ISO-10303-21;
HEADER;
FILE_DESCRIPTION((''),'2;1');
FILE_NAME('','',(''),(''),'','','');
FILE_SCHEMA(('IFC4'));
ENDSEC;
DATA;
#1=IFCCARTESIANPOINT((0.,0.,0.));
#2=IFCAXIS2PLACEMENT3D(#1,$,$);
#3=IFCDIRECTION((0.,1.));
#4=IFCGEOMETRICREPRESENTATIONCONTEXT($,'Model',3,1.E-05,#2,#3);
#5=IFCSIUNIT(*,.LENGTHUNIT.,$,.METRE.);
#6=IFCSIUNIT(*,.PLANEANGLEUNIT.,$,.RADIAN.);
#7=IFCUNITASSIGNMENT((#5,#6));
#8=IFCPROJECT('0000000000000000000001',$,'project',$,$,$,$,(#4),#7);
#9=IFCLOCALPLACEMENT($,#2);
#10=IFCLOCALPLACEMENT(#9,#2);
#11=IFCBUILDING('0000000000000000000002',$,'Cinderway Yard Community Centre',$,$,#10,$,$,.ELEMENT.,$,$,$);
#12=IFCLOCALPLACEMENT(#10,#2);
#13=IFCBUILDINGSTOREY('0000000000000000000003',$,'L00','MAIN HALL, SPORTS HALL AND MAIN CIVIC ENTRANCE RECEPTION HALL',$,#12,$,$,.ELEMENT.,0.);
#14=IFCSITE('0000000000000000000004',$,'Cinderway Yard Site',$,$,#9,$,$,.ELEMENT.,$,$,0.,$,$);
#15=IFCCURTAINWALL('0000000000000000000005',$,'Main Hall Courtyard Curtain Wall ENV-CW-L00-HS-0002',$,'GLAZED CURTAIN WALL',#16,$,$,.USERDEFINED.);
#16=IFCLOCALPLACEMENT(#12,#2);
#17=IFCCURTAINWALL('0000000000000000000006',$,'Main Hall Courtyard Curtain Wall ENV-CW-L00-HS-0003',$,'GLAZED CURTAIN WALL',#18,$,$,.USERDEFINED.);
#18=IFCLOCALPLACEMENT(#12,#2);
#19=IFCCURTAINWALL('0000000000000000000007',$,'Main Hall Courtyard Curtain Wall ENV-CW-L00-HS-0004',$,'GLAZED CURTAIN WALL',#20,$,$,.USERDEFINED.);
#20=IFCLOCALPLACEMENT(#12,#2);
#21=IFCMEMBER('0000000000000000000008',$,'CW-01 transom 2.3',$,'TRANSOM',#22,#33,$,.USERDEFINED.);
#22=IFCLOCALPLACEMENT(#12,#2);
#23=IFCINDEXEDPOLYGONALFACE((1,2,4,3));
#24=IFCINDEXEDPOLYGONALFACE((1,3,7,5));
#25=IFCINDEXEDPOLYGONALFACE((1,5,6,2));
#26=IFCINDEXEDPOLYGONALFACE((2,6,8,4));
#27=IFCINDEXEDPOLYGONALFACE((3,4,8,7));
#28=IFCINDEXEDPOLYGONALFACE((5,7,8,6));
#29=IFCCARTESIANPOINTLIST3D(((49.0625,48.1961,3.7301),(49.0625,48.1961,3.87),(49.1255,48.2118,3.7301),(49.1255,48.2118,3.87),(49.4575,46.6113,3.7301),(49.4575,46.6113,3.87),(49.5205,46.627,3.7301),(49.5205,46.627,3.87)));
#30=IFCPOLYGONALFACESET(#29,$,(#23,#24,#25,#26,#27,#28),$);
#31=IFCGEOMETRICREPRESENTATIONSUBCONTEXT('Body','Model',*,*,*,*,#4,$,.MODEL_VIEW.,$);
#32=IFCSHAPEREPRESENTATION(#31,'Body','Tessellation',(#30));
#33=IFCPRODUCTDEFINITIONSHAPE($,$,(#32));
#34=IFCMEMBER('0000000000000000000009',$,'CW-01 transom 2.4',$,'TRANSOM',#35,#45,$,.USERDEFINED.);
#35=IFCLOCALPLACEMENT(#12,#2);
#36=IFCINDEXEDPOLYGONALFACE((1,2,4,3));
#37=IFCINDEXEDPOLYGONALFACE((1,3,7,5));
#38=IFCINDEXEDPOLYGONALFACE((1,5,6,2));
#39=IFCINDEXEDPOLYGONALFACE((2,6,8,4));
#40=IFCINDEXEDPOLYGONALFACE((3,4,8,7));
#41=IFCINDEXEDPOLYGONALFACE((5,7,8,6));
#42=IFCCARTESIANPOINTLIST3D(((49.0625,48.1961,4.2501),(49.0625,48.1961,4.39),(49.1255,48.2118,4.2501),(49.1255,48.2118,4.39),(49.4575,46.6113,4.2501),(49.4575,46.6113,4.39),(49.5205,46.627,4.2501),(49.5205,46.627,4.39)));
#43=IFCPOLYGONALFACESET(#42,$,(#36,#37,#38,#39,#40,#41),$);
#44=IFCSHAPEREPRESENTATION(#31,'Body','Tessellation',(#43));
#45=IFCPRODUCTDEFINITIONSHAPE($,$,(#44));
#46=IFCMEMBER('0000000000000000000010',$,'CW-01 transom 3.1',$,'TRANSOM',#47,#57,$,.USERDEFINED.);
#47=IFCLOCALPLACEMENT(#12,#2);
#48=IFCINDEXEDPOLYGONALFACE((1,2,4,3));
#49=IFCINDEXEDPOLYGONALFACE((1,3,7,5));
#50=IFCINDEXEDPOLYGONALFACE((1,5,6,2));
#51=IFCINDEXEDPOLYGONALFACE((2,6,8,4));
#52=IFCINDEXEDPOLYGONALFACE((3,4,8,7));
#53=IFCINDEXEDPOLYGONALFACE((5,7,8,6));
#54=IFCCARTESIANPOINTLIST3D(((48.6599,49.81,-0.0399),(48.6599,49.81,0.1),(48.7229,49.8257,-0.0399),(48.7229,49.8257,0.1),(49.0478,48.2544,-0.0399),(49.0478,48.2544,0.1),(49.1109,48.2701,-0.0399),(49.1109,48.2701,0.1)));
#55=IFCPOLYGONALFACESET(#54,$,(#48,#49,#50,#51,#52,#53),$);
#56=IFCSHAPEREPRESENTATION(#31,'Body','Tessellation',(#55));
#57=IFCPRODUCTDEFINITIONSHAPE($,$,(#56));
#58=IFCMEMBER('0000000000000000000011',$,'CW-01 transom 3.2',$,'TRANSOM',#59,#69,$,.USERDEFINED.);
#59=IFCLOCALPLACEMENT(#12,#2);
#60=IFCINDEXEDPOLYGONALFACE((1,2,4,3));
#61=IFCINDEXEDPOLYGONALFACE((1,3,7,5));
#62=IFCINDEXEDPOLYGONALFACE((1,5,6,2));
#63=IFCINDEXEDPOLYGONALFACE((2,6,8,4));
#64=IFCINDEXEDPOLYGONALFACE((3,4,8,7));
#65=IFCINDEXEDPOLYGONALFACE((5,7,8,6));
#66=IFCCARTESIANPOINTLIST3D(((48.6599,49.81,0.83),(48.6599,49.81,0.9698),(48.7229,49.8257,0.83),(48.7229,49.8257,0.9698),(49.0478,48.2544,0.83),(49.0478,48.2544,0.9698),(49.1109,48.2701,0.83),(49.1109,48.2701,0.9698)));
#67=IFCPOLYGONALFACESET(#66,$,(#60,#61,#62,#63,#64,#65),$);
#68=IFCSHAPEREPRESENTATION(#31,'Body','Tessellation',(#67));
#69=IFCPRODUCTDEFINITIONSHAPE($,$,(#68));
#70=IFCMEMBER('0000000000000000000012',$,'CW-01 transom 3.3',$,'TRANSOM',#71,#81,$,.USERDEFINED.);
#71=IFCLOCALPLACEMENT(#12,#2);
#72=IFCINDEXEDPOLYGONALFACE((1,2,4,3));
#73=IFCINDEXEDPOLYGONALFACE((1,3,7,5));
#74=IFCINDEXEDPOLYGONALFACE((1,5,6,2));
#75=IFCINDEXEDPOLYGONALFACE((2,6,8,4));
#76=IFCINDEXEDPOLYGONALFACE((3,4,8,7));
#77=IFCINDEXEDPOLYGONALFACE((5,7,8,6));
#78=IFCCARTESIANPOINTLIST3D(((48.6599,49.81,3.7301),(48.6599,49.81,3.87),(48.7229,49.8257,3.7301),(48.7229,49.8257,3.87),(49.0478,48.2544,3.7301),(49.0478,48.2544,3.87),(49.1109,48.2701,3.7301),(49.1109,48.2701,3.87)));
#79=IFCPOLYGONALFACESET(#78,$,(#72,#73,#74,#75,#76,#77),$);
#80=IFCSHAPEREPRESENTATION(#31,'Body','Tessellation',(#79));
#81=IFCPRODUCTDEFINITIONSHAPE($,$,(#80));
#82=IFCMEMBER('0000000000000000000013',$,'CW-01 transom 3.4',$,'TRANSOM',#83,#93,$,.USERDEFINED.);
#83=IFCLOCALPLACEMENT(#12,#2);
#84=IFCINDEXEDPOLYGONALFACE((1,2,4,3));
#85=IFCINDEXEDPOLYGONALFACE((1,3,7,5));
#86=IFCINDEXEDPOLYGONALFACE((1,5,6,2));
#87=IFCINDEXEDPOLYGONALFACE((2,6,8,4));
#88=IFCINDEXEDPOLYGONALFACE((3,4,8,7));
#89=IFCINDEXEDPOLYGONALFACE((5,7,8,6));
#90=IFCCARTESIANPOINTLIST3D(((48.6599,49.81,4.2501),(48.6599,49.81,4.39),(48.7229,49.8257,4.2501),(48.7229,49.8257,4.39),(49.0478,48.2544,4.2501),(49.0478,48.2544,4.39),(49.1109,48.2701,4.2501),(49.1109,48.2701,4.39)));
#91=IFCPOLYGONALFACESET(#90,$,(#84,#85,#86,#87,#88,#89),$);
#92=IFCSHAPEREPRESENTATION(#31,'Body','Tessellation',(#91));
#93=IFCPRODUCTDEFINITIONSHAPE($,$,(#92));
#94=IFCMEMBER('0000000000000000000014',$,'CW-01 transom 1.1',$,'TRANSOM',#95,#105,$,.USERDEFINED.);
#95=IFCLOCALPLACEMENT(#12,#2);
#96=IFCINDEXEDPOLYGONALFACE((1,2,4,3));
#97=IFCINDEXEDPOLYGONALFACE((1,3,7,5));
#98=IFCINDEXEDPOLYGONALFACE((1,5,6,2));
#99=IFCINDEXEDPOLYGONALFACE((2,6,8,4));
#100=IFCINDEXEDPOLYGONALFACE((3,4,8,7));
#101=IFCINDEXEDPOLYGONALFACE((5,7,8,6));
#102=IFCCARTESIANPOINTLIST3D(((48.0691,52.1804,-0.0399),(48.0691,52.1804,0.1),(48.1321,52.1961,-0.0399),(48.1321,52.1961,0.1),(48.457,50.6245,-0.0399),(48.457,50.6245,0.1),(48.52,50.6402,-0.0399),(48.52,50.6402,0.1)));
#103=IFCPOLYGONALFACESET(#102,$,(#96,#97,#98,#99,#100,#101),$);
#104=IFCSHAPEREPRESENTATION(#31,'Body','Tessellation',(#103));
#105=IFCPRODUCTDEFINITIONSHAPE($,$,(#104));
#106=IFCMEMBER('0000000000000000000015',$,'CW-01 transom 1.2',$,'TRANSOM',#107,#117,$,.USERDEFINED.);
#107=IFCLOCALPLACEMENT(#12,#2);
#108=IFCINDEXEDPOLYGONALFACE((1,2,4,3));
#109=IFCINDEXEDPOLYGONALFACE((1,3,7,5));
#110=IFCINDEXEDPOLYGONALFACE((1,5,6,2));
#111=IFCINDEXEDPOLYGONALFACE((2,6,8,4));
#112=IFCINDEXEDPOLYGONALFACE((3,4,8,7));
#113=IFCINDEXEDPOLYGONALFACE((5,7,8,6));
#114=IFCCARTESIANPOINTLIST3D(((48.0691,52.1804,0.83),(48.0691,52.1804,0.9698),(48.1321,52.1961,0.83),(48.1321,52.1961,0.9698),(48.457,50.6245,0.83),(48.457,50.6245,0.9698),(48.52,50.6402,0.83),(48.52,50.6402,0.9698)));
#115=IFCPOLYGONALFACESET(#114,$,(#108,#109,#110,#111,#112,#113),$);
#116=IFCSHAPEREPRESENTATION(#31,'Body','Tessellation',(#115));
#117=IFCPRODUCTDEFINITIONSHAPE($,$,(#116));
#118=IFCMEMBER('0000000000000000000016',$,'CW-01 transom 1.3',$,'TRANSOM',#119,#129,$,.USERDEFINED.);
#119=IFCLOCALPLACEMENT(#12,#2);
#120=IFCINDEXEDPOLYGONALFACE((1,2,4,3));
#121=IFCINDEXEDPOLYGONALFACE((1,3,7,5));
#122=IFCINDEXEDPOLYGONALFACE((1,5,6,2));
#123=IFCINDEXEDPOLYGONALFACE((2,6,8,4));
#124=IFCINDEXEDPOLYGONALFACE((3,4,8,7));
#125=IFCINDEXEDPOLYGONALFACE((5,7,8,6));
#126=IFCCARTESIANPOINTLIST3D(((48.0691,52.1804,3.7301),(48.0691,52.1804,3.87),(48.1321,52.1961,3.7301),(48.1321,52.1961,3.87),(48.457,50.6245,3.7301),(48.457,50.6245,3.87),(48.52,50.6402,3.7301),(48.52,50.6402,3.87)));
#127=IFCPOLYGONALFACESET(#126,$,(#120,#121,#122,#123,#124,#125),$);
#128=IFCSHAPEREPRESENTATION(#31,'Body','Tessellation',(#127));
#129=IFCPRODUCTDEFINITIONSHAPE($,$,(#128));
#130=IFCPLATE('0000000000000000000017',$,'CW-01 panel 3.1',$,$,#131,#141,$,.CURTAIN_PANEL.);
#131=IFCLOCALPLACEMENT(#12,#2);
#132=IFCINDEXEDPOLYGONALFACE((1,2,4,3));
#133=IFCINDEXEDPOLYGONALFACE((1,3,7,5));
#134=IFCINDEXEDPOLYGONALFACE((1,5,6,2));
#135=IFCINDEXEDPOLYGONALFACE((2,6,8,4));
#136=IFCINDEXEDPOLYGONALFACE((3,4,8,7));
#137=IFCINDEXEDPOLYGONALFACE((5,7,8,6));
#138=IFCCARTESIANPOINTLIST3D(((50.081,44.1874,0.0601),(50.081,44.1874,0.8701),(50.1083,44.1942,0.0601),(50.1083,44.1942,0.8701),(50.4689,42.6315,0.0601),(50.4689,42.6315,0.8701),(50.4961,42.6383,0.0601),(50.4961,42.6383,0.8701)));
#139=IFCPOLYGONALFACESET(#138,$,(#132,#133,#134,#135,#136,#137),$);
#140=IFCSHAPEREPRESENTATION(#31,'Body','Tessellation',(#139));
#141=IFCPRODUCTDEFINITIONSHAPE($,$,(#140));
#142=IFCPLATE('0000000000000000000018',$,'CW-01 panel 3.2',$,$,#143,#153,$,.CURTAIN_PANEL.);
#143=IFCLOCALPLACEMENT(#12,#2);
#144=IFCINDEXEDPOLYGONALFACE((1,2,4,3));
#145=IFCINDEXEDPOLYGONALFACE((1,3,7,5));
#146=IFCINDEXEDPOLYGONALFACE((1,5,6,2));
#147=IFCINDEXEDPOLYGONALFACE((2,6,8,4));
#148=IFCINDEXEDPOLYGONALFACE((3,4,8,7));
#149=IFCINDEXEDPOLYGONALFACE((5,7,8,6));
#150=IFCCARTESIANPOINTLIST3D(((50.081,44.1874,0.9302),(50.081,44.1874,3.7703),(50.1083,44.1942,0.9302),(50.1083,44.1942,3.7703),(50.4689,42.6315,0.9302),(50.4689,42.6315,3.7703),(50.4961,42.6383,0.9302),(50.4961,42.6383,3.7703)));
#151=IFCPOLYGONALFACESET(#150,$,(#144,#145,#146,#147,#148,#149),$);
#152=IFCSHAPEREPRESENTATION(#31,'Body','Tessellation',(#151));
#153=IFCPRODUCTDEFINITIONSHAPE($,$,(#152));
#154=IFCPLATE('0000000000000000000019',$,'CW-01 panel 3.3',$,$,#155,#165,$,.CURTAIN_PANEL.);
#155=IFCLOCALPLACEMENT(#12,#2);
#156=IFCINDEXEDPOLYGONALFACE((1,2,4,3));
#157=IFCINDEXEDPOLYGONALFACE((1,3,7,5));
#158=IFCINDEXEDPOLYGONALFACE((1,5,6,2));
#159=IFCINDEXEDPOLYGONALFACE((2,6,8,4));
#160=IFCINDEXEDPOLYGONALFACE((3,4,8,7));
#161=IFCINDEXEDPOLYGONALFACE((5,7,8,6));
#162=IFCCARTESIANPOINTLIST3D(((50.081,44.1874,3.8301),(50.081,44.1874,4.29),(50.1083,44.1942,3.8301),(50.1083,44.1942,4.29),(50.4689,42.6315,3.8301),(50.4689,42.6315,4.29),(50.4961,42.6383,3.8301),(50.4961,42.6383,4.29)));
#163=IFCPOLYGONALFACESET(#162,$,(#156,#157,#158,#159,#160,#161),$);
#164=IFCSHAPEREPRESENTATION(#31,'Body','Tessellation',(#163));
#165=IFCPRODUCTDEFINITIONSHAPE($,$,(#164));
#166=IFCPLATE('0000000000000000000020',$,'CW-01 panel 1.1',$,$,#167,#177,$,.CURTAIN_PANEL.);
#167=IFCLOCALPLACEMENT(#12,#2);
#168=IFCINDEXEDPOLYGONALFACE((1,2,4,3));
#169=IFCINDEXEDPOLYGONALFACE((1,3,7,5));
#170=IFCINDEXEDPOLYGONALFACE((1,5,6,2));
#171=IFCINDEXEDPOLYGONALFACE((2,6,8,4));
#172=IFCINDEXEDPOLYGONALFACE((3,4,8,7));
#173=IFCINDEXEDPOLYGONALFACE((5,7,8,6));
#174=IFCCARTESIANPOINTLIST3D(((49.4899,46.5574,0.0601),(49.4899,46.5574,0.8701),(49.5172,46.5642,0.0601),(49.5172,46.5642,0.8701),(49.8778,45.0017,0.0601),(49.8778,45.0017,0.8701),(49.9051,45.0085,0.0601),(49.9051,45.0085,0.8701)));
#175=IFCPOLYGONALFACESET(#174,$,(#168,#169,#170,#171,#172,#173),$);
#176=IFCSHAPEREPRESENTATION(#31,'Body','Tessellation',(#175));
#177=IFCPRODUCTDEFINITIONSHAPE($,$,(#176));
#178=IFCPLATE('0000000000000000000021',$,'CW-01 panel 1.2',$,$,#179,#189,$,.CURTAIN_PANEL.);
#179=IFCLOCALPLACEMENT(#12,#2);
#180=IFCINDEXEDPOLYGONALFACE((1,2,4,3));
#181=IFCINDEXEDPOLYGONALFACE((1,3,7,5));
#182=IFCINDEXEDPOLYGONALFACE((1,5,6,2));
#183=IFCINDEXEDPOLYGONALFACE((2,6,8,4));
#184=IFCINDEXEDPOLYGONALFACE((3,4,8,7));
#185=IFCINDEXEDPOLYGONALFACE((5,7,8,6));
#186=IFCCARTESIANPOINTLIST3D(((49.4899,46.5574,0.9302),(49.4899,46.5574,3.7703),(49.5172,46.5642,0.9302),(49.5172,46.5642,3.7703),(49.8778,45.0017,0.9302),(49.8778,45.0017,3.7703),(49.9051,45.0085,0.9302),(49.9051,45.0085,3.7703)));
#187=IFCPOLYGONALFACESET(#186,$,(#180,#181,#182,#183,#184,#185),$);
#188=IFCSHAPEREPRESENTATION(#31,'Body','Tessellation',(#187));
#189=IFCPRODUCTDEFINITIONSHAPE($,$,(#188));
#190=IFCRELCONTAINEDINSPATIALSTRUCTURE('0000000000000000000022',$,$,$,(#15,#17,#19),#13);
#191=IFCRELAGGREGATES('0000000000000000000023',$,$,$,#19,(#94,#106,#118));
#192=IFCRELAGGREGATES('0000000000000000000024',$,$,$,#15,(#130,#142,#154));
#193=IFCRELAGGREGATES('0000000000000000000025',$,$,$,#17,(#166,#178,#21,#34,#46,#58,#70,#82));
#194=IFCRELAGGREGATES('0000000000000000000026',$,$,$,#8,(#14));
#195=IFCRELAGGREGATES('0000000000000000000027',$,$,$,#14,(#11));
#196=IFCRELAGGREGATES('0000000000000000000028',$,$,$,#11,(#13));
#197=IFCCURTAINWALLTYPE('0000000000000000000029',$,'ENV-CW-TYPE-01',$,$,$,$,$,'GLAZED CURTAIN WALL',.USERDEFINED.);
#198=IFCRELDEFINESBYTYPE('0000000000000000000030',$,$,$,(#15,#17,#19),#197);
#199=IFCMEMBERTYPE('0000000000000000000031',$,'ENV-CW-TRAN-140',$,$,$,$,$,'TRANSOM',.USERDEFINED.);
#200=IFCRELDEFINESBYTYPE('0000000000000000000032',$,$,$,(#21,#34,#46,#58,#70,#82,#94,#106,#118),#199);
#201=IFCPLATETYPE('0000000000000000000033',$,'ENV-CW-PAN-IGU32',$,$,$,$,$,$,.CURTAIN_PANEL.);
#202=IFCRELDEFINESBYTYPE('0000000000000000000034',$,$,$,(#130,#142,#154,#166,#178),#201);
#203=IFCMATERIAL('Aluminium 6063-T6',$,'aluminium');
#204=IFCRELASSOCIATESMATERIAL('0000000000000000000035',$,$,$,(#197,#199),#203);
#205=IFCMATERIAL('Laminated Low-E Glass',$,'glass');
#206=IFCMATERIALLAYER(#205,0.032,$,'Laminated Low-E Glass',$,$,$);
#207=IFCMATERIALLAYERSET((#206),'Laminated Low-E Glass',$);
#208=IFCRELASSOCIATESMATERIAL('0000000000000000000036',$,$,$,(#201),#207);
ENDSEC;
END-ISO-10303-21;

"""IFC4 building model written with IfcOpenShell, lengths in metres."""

from ifc_helpers import new_model, si_unit, direction, frame, origin, origin_2d, place, context, subcontext, project, spatial, rectangle, extrude, material, layer, layer_set, material_profile, profile_set, type_object, element, aggregate, save


model = new_model("IFC4")

# Units and contexts
model_context = context("Model", 3, precision=1e-05, world=origin(), true_north=direction((0.0, 1.0)))
body_context = subcontext(model_context, "Body", "Model", "MODEL_VIEW")
ifc_project = project(units=[si_unit("LENGTHUNIT", "METRE"), si_unit("PLANEANGLEUNIT", "RADIAN")], contexts=[model_context])

# Site, building, storey
site_placement = place(None, origin())
site = spatial("IfcSite", under=ifc_project, at=site_placement, Name="Cinderway Yard Site", CompositionType="ELEMENT", RefElevation=0.0)
building_placement = place(site_placement, origin())
building = spatial("IfcBuilding", under=site, at=building_placement, Name="Cinderway Yard Community Centre", CompositionType="ELEMENT")
storey_placement = place(building_placement, origin())
storey = spatial("IfcBuildingStorey", under=building, at=storey_placement, Name="L00", Description="MAIN HALL, SPORTS HALL AND MAIN CIVIC ENTRANCE RECEPTION HALL", CompositionType="ELEMENT", Elevation=0.0)

# Curtain wall
ifc_material_1 = material(Name="Aluminium 6063-T6", Category="aluminium")
curtain_wall_type = type_object("IfcCurtainWallType", Name="ENV-CW-TYPE-01", ElementType="GLAZED CURTAIN WALL", PredefinedType="USERDEFINED", material=ifc_material_1)
curtain_wall_1_placement = place(storey_placement, origin())
curtain_wall_1 = element("IfcCurtainWall", 1, at=curtain_wall_1_placement, inside=storey, type_object=curtain_wall_type, Name="Main Hall Courtyard Curtain Wall ENV-CW-L00-HS-0002", ObjectType="GLAZED CURTAIN WALL", PredefinedType="USERDEFINED")

# Curtain wall
curtain_wall_2_placement = place(storey_placement, origin())
curtain_wall_2 = element("IfcCurtainWall", 2, at=curtain_wall_2_placement, inside=storey, type_object=curtain_wall_type, Name="Main Hall Courtyard Curtain Wall ENV-CW-L00-HS-0003", ObjectType="GLAZED CURTAIN WALL", PredefinedType="USERDEFINED")

# Curtain wall
curtain_wall_3_placement = place(storey_placement, origin())
curtain_wall_3 = element("IfcCurtainWall", 3, at=curtain_wall_3_placement, inside=storey, type_object=curtain_wall_type, Name="Main Hall Courtyard Curtain Wall ENV-CW-L00-HS-0004", ObjectType="GLAZED CURTAIN WALL", PredefinedType="USERDEFINED")

# Members
ifc_material_profile_1 = material_profile(ifc_material_1, rectangle(XDim=0.0649, YDim=0.1399, at=origin_2d()), Name="Aluminium 6063-T6")
ifc_profile_set_1 = profile_set([ifc_material_profile_1], Name="Aluminium 6063-T6")
member_type_1 = type_object("IfcMemberType", Name="ENV-CW-TRAN-140", ElementType="TRANSOM", PredefinedType="USERDEFINED", material=ifc_profile_set_1)
member_1_placement = place(storey_placement, frame((49.489, 46.6191, 3.8), z_axis=(-0.241867, 0.970309, 0.0), x_axis=(-0.970309, -0.241867, 0.0)))
member_1 = element("IfcMember", 4, at=member_1_placement, type_object=member_type_1, Name="CW-01 transom 2.3", ObjectType="TRANSOM", PredefinedType="USERDEFINED", context=body_context, shape_type="SweptSolid", body=[
    extrude(rectangle(XDim=0.0649, YDim=0.1399, at=origin_2d()), origin(), (0.0, 0.0, 1.0), 1.6333),
])
member_2_placement = place(storey_placement, frame((49.489, 46.6191, 4.3201), z_axis=(-0.241867, 0.970309, 0.0), x_axis=(-0.970309, -0.241867, 0.0)))
member_2 = element("IfcMember", 5, at=member_2_placement, type_object=member_type_1, Name="CW-01 transom 2.4", ObjectType="TRANSOM", PredefinedType="USERDEFINED", context=body_context, shape_type="SweptSolid", body=[
    extrude(rectangle(XDim=0.0649, YDim=0.1399, at=origin_2d()), origin(), (0.0, 0.0, 1.0), 1.6333),
])
member_3_placement = place(storey_placement, frame((49.0793, 48.2622, 0.03), z_axis=(-0.241962, 0.970286, 0.0), x_axis=(-0.970286, -0.241962, 0.0)))
member_3 = element("IfcMember", 6, at=member_3_placement, type_object=member_type_1, Name="CW-01 transom 3.1", ObjectType="TRANSOM", PredefinedType="USERDEFINED", context=body_context, shape_type="SweptSolid", body=[
    extrude(rectangle(XDim=0.0649, YDim=0.1399, at=origin_2d()), origin(), (0.0, 0.0, 1.0), 1.6033),
])
member_4_placement = place(storey_placement, frame((49.0793, 48.2622, 0.8999), z_axis=(-0.241962, 0.970286, 0.0), x_axis=(-0.970286, -0.241962, 0.0)))
member_4 = element("IfcMember", 7, at=member_4_placement, type_object=member_type_1, Name="CW-01 transom 3.2", ObjectType="TRANSOM", PredefinedType="USERDEFINED", context=body_context, shape_type="SweptSolid", body=[
    extrude(rectangle(XDim=0.0649, YDim=0.1399, at=origin_2d()), origin(), (0.0, 0.0, 1.0), 1.6033),
])
member_5_placement = place(storey_placement, frame((49.0793, 48.2622, 3.8), z_axis=(-0.241962, 0.970286, 0.0), x_axis=(-0.970286, -0.241962, 0.0)))
member_5 = element("IfcMember", 8, at=member_5_placement, type_object=member_type_1, Name="CW-01 transom 3.3", ObjectType="TRANSOM", PredefinedType="USERDEFINED", context=body_context, shape_type="SweptSolid", body=[
    extrude(rectangle(XDim=0.0649, YDim=0.1399, at=origin_2d()), origin(), (0.0, 0.0, 1.0), 1.6033),
])
member_6_placement = place(storey_placement, frame((49.0793, 48.2622, 4.3201), z_axis=(-0.241962, 0.970286, 0.0), x_axis=(-0.970286, -0.241962, 0.0)))
member_6 = element("IfcMember", 9, at=member_6_placement, type_object=member_type_1, Name="CW-01 transom 3.4", ObjectType="TRANSOM", PredefinedType="USERDEFINED", context=body_context, shape_type="SweptSolid", body=[
    extrude(rectangle(XDim=0.0649, YDim=0.1399, at=origin_2d()), origin(), (0.0, 0.0, 1.0), 1.6033),
])
member_7_placement = place(storey_placement, frame((48.4885, 50.6323, 0.03), z_axis=(-0.241927, 0.970295, 0.0), x_axis=(-0.970295, -0.241927, 0.0)))
member_7 = element("IfcMember", 10, at=member_7_placement, type_object=member_type_1, Name="CW-01 transom 1.1", ObjectType="TRANSOM", PredefinedType="USERDEFINED", context=body_context, shape_type="SweptSolid", body=[
    extrude(rectangle(XDim=0.0649, YDim=0.1399, at=origin_2d()), origin(), (0.0, 0.0, 1.0), 1.6035),
])
member_8_placement = place(storey_placement, frame((48.4885, 50.6323, 0.8999), z_axis=(-0.241927, 0.970295, 0.0), x_axis=(-0.970295, -0.241927, 0.0)))
member_8 = element("IfcMember", 11, at=member_8_placement, type_object=member_type_1, Name="CW-01 transom 1.2", ObjectType="TRANSOM", PredefinedType="USERDEFINED", context=body_context, shape_type="SweptSolid", body=[
    extrude(rectangle(XDim=0.0649, YDim=0.1399, at=origin_2d()), origin(), (0.0, 0.0, 1.0), 1.6035),
])
member_9_placement = place(storey_placement, frame((48.4885, 50.6323, 3.8), z_axis=(-0.241927, 0.970295, 0.0), x_axis=(-0.970295, -0.241927, 0.0)))
member_9 = element("IfcMember", 12, at=member_9_placement, type_object=member_type_1, Name="CW-01 transom 1.3", ObjectType="TRANSOM", PredefinedType="USERDEFINED", context=body_context, shape_type="SweptSolid", body=[
    extrude(rectangle(XDim=0.0649, YDim=0.1399, at=origin_2d()), origin(), (0.0, 0.0, 1.0), 1.6035),
])
aggregate(curtain_wall_3, [member_7, member_8, member_9])

# Plates
ifc_material_2 = material(Name="Laminated Low-E Glass", Category="glass")
ifc_layer_1 = layer(ifc_material_2, 0.032, Name="Laminated Low-E Glass")
ifc_layer_set_1 = layer_set([ifc_layer_1], Name="Laminated Low-E Glass")
plate_type_1 = type_object("IfcPlateType", Name="ENV-CW-PAN-IGU32", PredefinedType="CURTAIN_PANEL", material=ifc_layer_set_1)
plate_1_placement = place(storey_placement, frame((50.2886, 43.4128, 0.0601), z_axis=(0.0, 0.0, 1.0), x_axis=(-0.241887, 0.970304, 0.0)))
plate_1 = element("IfcPlate", 13, at=plate_1_placement, type_object=plate_type_1, Name="CW-01 panel 3.1", PredefinedType="CURTAIN_PANEL", context=body_context, shape_type="SweptSolid", body=[
    extrude(rectangle(XDim=1.6035, YDim=0.0281, at=origin_2d()), origin(), (0.0, 0.0, 1.0), 0.8101),
])
plate_2_placement = place(storey_placement, frame((50.2886, 43.4128, 0.9302), z_axis=(0.0, 0.0, 1.0), x_axis=(-0.241887, 0.970304, 0.0)))
plate_2 = element("IfcPlate", 14, at=plate_2_placement, type_object=plate_type_1, Name="CW-01 panel 3.2", PredefinedType="CURTAIN_PANEL", context=body_context, shape_type="SweptSolid", body=[
    extrude(rectangle(XDim=1.6035, YDim=0.0281, at=origin_2d()), origin(), (0.0, 0.0, 1.0), 2.8401),
])
plate_3_placement = place(storey_placement, frame((50.2886, 43.4128, 3.8301), z_axis=(0.0, 0.0, 1.0), x_axis=(-0.241887, 0.970304, 0.0)))
plate_3 = element("IfcPlate", 15, at=plate_3_placement, type_object=plate_type_1, Name="CW-01 panel 3.3", PredefinedType="CURTAIN_PANEL", context=body_context, shape_type="SweptSolid", body=[
    extrude(rectangle(XDim=1.6035, YDim=0.0281, at=origin_2d()), origin(), (0.0, 0.0, 1.0), 0.46),
])
aggregate(curtain_wall_1, [plate_1, plate_2, plate_3])
plate_4_placement = place(storey_placement, frame((49.6975, 45.783, 0.0601), z_axis=(0.0, 0.0, 1.0), x_axis=(-0.241933, 0.970293, 0.0)))
plate_4 = element("IfcPlate", 16, at=plate_4_placement, type_object=plate_type_1, Name="CW-01 panel 1.1", PredefinedType="CURTAIN_PANEL", context=body_context, shape_type="SweptSolid", body=[
    extrude(rectangle(XDim=1.6033, YDim=0.0281, at=origin_2d()), origin(), (0.0, 0.0, 1.0), 0.8101),
])
plate_5_placement = place(storey_placement, frame((49.6975, 45.783, 0.9302), z_axis=(0.0, 0.0, 1.0), x_axis=(-0.241933, 0.970293, 0.0)))
plate_5 = element("IfcPlate", 17, at=plate_5_placement, type_object=plate_type_1, Name="CW-01 panel 1.2", PredefinedType="CURTAIN_PANEL", context=body_context, shape_type="SweptSolid", body=[
    extrude(rectangle(XDim=1.6033, YDim=0.0281, at=origin_2d()), origin(), (0.0, 0.0, 1.0), 2.8401),
])
aggregate(curtain_wall_2, [plate_4, plate_5, member_1, member_2, member_3, member_4, member_5, member_6])

save(model, "model.ifc")
